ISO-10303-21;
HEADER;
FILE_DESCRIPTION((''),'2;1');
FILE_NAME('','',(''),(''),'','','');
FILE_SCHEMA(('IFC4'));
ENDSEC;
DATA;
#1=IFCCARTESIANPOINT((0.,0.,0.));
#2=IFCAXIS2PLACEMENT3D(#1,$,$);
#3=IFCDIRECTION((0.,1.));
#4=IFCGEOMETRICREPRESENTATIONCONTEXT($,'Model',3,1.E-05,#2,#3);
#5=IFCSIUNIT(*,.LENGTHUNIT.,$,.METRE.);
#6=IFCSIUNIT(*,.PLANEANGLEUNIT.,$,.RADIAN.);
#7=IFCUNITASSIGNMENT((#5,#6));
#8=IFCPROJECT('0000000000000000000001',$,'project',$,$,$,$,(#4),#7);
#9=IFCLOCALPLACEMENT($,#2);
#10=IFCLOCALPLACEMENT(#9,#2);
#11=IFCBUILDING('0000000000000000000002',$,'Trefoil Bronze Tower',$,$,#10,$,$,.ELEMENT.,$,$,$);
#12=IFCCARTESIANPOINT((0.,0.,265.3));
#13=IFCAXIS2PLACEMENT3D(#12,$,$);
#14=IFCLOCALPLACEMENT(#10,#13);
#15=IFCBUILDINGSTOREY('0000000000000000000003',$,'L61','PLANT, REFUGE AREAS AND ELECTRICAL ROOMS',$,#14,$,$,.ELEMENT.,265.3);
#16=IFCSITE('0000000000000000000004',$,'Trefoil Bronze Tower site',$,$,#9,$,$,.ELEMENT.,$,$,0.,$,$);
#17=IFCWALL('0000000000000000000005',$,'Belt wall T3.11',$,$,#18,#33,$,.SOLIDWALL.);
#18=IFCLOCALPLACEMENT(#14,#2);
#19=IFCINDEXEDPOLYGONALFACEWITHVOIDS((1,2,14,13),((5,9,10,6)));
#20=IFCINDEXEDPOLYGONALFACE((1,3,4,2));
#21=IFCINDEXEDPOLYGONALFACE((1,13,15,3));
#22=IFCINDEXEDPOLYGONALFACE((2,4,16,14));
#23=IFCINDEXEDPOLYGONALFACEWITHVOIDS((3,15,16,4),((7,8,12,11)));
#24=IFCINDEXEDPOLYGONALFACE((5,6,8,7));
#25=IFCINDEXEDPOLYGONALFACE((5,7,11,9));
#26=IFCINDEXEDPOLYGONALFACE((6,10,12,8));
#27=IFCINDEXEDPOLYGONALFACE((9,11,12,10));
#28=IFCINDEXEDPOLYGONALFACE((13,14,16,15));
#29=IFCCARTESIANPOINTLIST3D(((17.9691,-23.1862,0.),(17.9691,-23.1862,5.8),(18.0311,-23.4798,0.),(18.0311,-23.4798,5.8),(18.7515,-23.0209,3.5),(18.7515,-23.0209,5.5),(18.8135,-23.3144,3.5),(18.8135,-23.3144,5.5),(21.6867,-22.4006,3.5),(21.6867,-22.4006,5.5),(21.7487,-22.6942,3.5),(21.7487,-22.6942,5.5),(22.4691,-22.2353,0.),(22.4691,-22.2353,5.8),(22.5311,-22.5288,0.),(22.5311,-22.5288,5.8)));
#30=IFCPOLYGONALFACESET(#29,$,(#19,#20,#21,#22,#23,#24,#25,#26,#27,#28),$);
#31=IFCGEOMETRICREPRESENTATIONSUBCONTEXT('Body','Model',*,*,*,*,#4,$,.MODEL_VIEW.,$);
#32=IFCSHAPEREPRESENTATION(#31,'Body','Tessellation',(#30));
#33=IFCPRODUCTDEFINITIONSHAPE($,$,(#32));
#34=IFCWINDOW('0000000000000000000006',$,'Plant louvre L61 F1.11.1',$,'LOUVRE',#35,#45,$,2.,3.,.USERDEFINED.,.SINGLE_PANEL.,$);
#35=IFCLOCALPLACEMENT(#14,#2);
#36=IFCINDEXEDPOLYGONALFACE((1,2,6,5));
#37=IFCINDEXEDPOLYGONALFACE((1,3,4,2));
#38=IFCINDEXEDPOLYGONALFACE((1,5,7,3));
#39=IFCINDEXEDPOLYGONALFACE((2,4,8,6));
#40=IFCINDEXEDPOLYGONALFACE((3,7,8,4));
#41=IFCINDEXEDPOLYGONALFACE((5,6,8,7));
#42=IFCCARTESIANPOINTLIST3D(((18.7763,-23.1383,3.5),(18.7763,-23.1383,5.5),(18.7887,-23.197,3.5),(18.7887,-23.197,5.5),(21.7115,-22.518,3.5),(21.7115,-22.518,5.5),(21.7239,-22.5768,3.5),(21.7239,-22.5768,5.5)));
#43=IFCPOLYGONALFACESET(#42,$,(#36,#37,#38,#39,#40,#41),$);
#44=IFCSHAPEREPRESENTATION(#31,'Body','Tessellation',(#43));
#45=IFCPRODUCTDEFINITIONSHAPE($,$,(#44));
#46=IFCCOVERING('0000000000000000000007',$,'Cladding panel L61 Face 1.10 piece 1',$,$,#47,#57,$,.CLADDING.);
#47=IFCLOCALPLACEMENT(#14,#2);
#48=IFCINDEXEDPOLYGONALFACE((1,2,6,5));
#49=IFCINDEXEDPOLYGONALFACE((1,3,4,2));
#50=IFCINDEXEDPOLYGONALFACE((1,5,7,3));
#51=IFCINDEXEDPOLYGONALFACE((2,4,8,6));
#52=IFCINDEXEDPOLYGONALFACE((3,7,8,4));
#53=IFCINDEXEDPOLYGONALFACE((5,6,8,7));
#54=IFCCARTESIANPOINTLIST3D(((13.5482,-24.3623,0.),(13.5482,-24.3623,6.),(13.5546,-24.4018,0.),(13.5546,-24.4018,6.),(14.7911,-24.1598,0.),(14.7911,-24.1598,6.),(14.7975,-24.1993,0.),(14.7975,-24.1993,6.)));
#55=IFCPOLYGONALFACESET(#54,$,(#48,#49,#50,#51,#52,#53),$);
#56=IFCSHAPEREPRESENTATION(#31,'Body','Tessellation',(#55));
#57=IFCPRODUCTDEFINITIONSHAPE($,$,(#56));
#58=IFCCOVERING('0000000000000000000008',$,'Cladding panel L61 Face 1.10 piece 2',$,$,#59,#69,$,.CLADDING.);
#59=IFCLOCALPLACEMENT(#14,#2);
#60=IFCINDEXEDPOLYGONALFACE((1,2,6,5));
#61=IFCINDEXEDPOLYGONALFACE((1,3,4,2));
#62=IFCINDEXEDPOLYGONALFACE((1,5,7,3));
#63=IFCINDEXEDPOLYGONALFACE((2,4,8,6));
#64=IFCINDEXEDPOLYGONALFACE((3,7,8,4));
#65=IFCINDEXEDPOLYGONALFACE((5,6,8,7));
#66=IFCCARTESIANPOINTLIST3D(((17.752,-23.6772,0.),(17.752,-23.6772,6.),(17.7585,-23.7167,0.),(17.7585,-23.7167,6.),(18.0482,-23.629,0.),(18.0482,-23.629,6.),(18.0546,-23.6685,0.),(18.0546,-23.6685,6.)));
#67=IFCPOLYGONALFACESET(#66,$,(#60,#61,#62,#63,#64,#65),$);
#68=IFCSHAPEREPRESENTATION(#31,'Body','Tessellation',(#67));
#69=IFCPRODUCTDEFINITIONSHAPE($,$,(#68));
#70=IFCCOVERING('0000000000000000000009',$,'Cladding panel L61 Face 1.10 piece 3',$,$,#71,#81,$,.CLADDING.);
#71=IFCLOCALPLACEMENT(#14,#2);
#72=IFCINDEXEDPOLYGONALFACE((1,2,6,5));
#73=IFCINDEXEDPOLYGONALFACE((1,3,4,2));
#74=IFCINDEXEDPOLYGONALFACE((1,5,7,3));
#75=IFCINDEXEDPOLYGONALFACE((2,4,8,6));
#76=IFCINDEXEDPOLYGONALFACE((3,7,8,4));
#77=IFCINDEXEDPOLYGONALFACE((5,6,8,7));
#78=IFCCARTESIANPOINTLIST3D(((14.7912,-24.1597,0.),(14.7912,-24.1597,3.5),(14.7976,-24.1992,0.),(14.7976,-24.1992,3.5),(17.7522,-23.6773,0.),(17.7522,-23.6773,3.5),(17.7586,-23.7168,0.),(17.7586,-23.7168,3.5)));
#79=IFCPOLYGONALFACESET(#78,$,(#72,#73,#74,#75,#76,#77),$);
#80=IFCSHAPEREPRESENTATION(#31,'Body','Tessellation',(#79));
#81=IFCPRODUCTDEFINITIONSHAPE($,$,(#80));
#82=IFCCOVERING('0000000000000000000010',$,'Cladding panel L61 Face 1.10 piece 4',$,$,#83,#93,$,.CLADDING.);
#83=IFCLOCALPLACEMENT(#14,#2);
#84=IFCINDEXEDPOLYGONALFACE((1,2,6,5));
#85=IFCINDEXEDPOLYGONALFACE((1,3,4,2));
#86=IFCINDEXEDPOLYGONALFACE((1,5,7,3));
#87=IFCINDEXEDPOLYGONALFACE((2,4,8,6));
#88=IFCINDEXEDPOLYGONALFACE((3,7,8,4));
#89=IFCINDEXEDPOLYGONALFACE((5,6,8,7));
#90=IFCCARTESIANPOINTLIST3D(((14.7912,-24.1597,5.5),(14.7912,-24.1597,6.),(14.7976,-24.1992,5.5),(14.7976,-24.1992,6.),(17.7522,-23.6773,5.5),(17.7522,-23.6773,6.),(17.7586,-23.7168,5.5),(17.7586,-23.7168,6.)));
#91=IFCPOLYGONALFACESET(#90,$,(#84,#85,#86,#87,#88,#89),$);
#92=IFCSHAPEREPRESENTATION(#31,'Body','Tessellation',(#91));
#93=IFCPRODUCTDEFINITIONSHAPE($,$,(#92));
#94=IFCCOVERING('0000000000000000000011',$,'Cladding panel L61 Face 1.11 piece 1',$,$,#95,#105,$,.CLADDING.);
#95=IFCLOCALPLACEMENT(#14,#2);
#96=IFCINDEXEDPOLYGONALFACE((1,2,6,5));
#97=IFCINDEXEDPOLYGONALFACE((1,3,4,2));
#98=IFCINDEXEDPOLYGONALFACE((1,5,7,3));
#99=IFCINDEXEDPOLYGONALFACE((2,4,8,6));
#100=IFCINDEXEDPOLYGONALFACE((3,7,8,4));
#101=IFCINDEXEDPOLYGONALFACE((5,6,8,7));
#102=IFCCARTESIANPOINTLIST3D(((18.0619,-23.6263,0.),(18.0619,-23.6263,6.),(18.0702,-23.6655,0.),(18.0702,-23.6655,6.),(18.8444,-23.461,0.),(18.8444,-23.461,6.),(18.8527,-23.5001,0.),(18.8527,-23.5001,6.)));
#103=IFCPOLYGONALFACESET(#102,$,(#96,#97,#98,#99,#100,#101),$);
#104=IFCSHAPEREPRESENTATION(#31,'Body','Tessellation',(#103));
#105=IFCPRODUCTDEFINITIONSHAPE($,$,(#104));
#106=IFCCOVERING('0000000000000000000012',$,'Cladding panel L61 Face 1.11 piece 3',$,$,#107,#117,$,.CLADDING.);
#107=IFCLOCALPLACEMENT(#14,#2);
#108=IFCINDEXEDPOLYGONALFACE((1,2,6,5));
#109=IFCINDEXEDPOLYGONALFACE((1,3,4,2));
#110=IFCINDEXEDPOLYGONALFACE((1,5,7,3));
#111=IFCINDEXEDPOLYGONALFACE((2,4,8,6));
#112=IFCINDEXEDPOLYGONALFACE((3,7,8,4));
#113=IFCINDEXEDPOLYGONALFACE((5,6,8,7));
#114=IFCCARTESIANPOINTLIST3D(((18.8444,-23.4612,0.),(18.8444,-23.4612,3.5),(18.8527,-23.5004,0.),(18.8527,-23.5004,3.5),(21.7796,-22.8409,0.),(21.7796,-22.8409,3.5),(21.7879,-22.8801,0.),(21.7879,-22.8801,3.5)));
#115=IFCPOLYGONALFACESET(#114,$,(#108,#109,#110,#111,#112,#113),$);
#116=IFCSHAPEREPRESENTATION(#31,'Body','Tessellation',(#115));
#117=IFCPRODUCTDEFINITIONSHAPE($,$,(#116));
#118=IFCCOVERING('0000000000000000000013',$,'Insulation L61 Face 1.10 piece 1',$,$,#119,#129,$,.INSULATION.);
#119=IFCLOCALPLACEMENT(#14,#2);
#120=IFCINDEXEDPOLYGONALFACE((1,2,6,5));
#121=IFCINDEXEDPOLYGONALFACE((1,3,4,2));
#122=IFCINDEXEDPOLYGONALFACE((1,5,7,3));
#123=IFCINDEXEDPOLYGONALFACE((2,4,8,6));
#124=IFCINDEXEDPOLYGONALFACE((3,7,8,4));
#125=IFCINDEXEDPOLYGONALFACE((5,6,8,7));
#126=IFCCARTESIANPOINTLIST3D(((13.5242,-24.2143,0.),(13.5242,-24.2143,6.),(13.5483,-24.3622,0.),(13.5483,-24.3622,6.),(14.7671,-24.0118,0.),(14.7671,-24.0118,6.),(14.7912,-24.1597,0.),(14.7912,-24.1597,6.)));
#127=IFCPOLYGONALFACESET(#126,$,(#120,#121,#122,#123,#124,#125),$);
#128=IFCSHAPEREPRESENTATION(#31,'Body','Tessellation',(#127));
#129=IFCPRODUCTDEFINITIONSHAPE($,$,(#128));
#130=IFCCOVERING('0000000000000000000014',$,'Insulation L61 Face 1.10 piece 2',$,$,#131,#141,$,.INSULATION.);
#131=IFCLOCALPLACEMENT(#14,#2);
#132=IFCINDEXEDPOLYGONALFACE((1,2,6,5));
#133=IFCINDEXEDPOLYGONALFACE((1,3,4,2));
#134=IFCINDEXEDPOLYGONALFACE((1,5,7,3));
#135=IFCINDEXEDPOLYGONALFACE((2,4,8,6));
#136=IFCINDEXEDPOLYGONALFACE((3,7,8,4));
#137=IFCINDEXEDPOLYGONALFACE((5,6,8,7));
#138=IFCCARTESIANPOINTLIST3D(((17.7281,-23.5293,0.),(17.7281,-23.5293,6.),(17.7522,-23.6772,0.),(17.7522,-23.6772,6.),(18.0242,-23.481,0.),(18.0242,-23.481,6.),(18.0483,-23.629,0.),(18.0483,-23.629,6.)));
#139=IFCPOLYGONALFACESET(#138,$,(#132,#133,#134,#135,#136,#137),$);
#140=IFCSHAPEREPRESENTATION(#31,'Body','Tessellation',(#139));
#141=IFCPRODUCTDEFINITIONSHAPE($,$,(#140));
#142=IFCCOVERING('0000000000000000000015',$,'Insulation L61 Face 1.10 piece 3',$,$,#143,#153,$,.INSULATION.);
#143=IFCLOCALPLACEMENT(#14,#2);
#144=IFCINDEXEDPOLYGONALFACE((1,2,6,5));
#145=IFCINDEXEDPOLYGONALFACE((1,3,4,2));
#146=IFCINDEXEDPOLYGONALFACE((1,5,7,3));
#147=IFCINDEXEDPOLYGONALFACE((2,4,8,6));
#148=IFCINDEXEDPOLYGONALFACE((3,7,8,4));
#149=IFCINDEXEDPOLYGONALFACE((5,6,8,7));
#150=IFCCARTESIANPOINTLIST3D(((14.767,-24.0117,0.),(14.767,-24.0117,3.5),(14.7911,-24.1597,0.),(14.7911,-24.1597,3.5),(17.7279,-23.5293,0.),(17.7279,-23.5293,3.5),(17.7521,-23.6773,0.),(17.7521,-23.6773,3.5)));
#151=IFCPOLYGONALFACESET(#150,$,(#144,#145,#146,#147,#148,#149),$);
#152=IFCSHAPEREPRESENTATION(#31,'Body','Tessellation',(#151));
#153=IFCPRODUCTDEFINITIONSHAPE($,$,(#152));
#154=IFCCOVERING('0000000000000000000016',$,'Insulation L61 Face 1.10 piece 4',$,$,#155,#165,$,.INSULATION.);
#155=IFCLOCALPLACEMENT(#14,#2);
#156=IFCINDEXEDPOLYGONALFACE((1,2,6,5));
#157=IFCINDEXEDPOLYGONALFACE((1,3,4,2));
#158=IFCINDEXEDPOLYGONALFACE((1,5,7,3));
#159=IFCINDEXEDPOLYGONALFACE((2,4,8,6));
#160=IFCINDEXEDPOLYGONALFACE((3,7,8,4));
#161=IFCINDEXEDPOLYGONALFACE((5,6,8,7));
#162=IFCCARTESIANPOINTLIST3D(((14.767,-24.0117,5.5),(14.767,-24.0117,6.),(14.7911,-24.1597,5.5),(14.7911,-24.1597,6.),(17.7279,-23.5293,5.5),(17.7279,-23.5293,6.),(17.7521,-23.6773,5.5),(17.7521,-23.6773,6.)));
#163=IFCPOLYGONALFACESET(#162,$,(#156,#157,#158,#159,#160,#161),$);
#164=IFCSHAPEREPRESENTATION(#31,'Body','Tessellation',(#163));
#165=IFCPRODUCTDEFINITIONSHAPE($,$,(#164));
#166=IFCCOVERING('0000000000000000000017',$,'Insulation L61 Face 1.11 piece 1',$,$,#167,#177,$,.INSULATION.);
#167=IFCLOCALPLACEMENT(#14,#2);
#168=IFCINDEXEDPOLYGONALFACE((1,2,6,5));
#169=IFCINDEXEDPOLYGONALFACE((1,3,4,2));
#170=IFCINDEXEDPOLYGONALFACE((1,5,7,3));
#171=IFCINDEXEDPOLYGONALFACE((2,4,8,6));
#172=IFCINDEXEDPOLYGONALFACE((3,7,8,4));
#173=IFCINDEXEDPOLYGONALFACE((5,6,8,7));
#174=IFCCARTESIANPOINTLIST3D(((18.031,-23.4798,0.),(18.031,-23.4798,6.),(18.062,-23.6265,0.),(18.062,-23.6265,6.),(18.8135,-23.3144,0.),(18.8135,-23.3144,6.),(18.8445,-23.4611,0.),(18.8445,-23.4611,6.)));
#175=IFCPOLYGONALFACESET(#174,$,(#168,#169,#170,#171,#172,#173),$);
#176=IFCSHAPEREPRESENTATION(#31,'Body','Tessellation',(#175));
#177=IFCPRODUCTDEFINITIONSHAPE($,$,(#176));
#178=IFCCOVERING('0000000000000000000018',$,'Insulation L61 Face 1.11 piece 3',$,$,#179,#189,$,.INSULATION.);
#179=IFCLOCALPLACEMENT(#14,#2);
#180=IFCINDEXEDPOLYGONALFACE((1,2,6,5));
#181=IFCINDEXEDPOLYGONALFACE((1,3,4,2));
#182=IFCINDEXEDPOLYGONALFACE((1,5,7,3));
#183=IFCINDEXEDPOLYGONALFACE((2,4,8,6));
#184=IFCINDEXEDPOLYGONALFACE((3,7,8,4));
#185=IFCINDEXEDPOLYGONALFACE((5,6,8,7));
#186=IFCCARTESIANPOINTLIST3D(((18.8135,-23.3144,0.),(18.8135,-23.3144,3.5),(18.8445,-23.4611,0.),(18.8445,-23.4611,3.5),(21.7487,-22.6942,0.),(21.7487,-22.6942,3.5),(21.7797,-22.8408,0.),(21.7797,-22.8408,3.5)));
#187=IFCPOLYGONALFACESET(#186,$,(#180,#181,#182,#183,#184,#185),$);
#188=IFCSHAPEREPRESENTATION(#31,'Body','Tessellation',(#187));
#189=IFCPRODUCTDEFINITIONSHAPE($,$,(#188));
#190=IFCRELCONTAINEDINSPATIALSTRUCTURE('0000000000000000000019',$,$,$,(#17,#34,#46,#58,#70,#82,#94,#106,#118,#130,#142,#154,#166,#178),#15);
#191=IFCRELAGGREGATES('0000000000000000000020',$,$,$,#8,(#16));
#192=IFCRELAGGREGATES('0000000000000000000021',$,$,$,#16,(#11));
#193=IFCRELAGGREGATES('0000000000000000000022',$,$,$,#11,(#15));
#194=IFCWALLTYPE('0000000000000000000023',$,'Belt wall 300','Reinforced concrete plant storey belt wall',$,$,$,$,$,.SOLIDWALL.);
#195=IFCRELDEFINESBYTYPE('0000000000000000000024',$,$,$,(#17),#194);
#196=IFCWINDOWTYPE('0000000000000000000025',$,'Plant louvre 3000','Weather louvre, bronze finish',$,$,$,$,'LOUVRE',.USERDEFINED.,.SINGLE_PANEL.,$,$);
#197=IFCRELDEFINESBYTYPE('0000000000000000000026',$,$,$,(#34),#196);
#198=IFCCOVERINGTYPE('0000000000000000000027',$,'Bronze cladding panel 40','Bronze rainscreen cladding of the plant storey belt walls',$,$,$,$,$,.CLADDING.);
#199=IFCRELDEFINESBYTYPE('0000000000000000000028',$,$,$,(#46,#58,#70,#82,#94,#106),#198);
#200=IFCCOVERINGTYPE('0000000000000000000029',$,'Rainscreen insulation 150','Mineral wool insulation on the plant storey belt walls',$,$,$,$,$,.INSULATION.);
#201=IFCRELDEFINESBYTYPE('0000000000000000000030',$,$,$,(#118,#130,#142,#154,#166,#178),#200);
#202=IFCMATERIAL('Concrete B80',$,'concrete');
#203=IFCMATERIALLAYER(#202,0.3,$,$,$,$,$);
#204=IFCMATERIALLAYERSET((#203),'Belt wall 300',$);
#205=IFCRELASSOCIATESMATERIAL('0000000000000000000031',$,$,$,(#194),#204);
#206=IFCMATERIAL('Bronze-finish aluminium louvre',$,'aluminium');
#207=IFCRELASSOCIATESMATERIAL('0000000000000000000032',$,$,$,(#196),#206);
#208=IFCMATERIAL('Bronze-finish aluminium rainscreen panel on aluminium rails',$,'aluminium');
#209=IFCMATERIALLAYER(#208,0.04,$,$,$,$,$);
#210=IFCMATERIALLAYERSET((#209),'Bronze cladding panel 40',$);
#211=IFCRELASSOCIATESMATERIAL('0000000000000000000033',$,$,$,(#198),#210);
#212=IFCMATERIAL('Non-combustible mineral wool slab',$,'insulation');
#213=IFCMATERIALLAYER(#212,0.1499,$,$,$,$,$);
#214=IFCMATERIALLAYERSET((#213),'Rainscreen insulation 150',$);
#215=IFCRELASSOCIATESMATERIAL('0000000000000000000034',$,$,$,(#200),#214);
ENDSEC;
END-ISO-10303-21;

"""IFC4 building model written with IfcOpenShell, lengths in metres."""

from ifc_helpers import new_model, si_unit, direction, frame, frame_2d, origin, origin_2d, place, context, subcontext, project, spatial, rectangle, extrude, material, layer, layer_set, type_object, element, fill, save


model = new_model("IFC4")

# Units and contexts
model_context = context("Model", 3, precision=1e-05, world=origin(), true_north=direction((0.0, 1.0)))
body_context = subcontext(model_context, "Body", "Model", "MODEL_VIEW")
ifc_project = project(units=[si_unit("LENGTHUNIT", "METRE"), si_unit("PLANEANGLEUNIT", "RADIAN")], contexts=[model_context])

# Site, building, storey
site_placement = place(None, origin())
site = spatial("IfcSite", under=ifc_project, at=site_placement, Name="Trefoil Bronze Tower site", CompositionType="ELEMENT", RefElevation=0.0)
building_placement = place(site_placement, origin())
building = spatial("IfcBuilding", under=site, at=building_placement, Name="Trefoil Bronze Tower", CompositionType="ELEMENT")
storey_placement = place(building_placement, frame((0.0, 0.0, 265.3)))
storey = spatial("IfcBuildingStorey", under=building, at=storey_placement, Name="L61", Description="PLANT, REFUGE AREAS AND ELECTRICAL ROOMS", CompositionType="ELEMENT", Elevation=265.3)

# Wall, opening, window
ifc_material_1 = material(Name="Concrete B80", Category="concrete")
ifc_layer_1 = layer(ifc_material_1, 0.3)
ifc_layer_set_1 = layer_set([ifc_layer_1], Name="Belt wall 300")
wall_type = type_object("IfcWallType", Name="Belt wall 300", Description="Reinforced concrete plant storey belt wall", PredefinedType="SOLIDWALL", material=ifc_layer_set_1)
wall_placement = place(storey_placement, frame((18.0, -23.333, 0.0), z_axis=(0.0, 0.0, 1.0), x_axis=(0.978393, 0.206751, 0.0)))
wall = element("IfcWall", 1, at=wall_placement, inside=storey, type_object=wall_type, Name="Belt wall T3.11", PredefinedType="SOLIDWALL", context=body_context, shape_type="SweptSolid", body=[
    extrude(rectangle(XDim=4.5994, YDim=0.3, at=frame_2d((2.2998, 0.0))), origin(), (0.0, 0.0, 1.0), 5.8),
])
opening_placement = place(wall_placement, frame((0.7998, 0.0, 3.5)))
opening = element("IfcOpeningElement", 2, at=opening_placement, cuts=wall, PredefinedType="OPENING", context=body_context, shape_type="SweptSolid", body=[
    extrude(rectangle(XDim=3.0, YDim=2.0, at=frame_2d((1.5, 1.0))), frame((0.0, 0.1599, 0.0), z_axis=(0.0, -1.0, 0.0), x_axis=(1.0, 0.0, 0.0)), (0.0, 0.0, 1.0), 0.3201),
])
ifc_material_2 = material(Name="Bronze-finish aluminium louvre", Category="aluminium")
window_type = type_object("IfcWindowType", Name="Plant louvre 3000", Description="Weather louvre, bronze finish", ElementType="LOUVRE", PartitioningType="SINGLE_PANEL", PredefinedType="USERDEFINED", material=ifc_material_2)
window_placement = place(opening_placement, origin())
window = element("IfcWindow", 3, at=window_placement, inside=storey, type_object=window_type, Name="Plant louvre L61 F1.11.1", ObjectType="LOUVRE", OverallHeight=2.0, OverallWidth=3.0, PartitioningType="SINGLE_PANEL", PredefinedType="USERDEFINED", context=body_context, shape_type="SweptSolid", body=[
    extrude(rectangle(XDim=3.0, YDim=2.0, at=frame_2d((1.5, 1.0))), frame((0.0, 0.03, 0.0), z_axis=(0.0, -1.0, 0.0), x_axis=(1.0, 0.0, 0.0)), (0.0, 0.0, 1.0), 0.0601),
])
fill(opening, window)

# Coverings
ifc_material_3 = material(Name="Bronze-finish aluminium rainscreen panel on aluminium rails", Category="aluminium")
ifc_layer_2 = layer(ifc_material_3, 0.04)
ifc_layer_set_2 = layer_set([ifc_layer_2], Name="Bronze cladding panel 40")
covering_type_1 = type_object("IfcCoveringType", Name="Bronze cladding panel 40", Description="Bronze rainscreen cladding of the plant storey belt walls", PredefinedType="CLADDING", material=ifc_layer_set_2)
covering_1_placement = place(storey_placement, frame((14.1729, -24.2808, 0.0), z_axis=(0.0, 0.0, 1.0), x_axis=(0.986987, 0.160803, 0.0)))
element("IfcCovering", 4, at=covering_1_placement, inside=storey, type_object=covering_type_1, Name="Cladding panel L61 Face 1.10 piece 1", PredefinedType="CLADDING", context=body_context, shape_type="SweptSolid", body=[
    extrude(rectangle(XDim=1.2593, YDim=0.04, at=origin_2d()), origin(), (0.0, 0.0, 1.0), 6.0),
])
covering_2_placement = place(storey_placement, frame((17.9033, -23.6729, 0.0), z_axis=(0.0, 0.0, 1.0), x_axis=(0.986987, 0.160803, 0.0)))
element("IfcCovering", 5, at=covering_2_placement, inside=storey, type_object=covering_type_1, Name="Cladding panel L61 Face 1.10 piece 2", PredefinedType="CLADDING", context=body_context, shape_type="SweptSolid", body=[
    extrude(rectangle(XDim=0.3, YDim=0.04, at=origin_2d()), origin(), (0.0, 0.0, 1.0), 6.0),
])
covering_3_placement = place(storey_placement, frame((16.2749, -23.9382, 0.0), z_axis=(0.0, 0.0, 1.0), x_axis=(0.986987, 0.160803, 0.0)))
element("IfcCovering", 6, at=covering_3_placement, inside=storey, type_object=covering_type_1, Name="Cladding panel L61 Face 1.10 piece 3", PredefinedType="CLADDING", context=body_context, shape_type="SweptSolid", body=[
    extrude(rectangle(XDim=3.0, YDim=0.04, at=origin_2d()), origin(), (0.0, 0.0, 1.0), 3.5),
])
covering_4_placement = place(storey_placement, frame((16.2749, -23.9382, 5.5), z_axis=(0.0, 0.0, 1.0), x_axis=(0.986987, 0.160803, 0.0)))
element("IfcCovering", 7, at=covering_4_placement, inside=storey, type_object=covering_type_1, Name="Cladding panel L61 Face 1.10 piece 4", PredefinedType="CLADDING", context=body_context, shape_type="SweptSolid", body=[
    extrude(rectangle(XDim=3.0, YDim=0.04, at=origin_2d()), origin(), (0.0, 0.0, 1.0), 0.5),
])
covering_5_placement = place(storey_placement, frame((18.4573, -23.5632, 0.0), z_axis=(0.0, 0.0, 1.0), x_axis=(0.978394, 0.206747, 0.0)))
element("IfcCovering", 8, at=covering_5_placement, inside=storey, type_object=covering_type_1, Name="Cladding panel L61 Face 1.11 piece 1", PredefinedType="CLADDING", context=body_context, shape_type="SweptSolid", body=[
    extrude(rectangle(XDim=0.7998, YDim=0.04, at=origin_2d()), origin(), (0.0, 0.0, 1.0), 6.0),
])
covering_6_placement = place(storey_placement, frame((20.3162, -23.1707, 0.0), z_axis=(0.0, 0.0, 1.0), x_axis=(0.978394, 0.206747, 0.0)))
element("IfcCovering", 9, at=covering_6_placement, inside=storey, type_object=covering_type_1, Name="Cladding panel L61 Face 1.11 piece 3", PredefinedType="CLADDING", context=body_context, shape_type="SweptSolid", body=[
    extrude(rectangle(XDim=3.0, YDim=0.04, at=origin_2d()), origin(), (0.0, 0.0, 1.0), 3.5),
])
ifc_material_4 = material(Name="Non-combustible mineral wool slab", Category="insulation")
ifc_layer_3 = layer(ifc_material_4, 0.1499)
ifc_layer_set_3 = layer_set([ifc_layer_3], Name="Rainscreen insulation 150")
covering_type_2 = type_object("IfcCoveringType", Name="Rainscreen insulation 150", Description="Mineral wool insulation on the plant storey belt walls", PredefinedType="INSULATION", material=ifc_layer_set_3)
covering_7_placement = place(storey_placement, frame((14.1577, -24.187, 0.0), z_axis=(0.0, 0.0, 1.0), x_axis=(0.986987, 0.160803, 0.0)))
element("IfcCovering", 10, at=covering_7_placement, inside=storey, type_object=covering_type_2, Name="Insulation L61 Face 1.10 piece 1", PredefinedType="INSULATION", context=body_context, shape_type="SweptSolid", body=[
    extrude(rectangle(XDim=1.2593, YDim=0.1499, at=origin_2d()), origin(), (0.0, 0.0, 1.0), 6.0),
])
covering_8_placement = place(storey_placement, frame((17.8882, -23.5791, 0.0), z_axis=(0.0, 0.0, 1.0), x_axis=(0.986987, 0.160803, 0.0)))
element("IfcCovering", 11, at=covering_8_placement, inside=storey, type_object=covering_type_2, Name="Insulation L61 Face 1.10 piece 2", PredefinedType="INSULATION", context=body_context, shape_type="SweptSolid", body=[
    extrude(rectangle(XDim=0.3, YDim=0.1499, at=origin_2d()), origin(), (0.0, 0.0, 1.0), 6.0),
])
covering_9_placement = place(storey_placement, frame((16.2595, -23.8445, 0.0), z_axis=(0.0, 0.0, 1.0), x_axis=(0.986987, 0.160803, 0.0)))
element("IfcCovering", 12, at=covering_9_placement, inside=storey, type_object=covering_type_2, Name="Insulation L61 Face 1.10 piece 3", PredefinedType="INSULATION", context=body_context, shape_type="SweptSolid", body=[
    extrude(rectangle(XDim=3.0, YDim=0.1499, at=origin_2d()), origin(), (0.0, 0.0, 1.0), 3.5),
])
covering_10_placement = place(storey_placement, frame((16.2595, -23.8445, 5.5), z_axis=(0.0, 0.0, 1.0), x_axis=(0.986987, 0.160803, 0.0)))
element("IfcCovering", 13, at=covering_10_placement, inside=storey, type_object=covering_type_2, Name="Insulation L61 Face 1.10 piece 4", PredefinedType="INSULATION", context=body_context, shape_type="SweptSolid", body=[
    extrude(rectangle(XDim=3.0, YDim=0.1499, at=origin_2d()), origin(), (0.0, 0.0, 1.0), 0.5),
])
covering_11_placement = place(storey_placement, frame((18.4377, -23.4705, 0.0), z_axis=(0.0, 0.0, 1.0), x_axis=(0.978394, 0.206747, 0.0)))
element("IfcCovering", 14, at=covering_11_placement, inside=storey, type_object=covering_type_2, Name="Insulation L61 Face 1.11 piece 1", PredefinedType="INSULATION", context=body_context, shape_type="SweptSolid", body=[
    extrude(rectangle(XDim=0.7998, YDim=0.1499, at=origin_2d()), origin(), (0.0, 0.0, 1.0), 6.0),
])
covering_12_placement = place(storey_placement, frame((20.2966, -23.0776, 0.0), z_axis=(0.0, 0.0, 1.0), x_axis=(0.978394, 0.206747, 0.0)))
element("IfcCovering", 15, at=covering_12_placement, inside=storey, type_object=covering_type_2, Name="Insulation L61 Face 1.11 piece 3", PredefinedType="INSULATION", context=body_context, shape_type="SweptSolid", body=[
    extrude(rectangle(XDim=3.0, YDim=0.1499, at=origin_2d()), origin(), (0.0, 0.0, 1.0), 3.5),
])

save(model, "model.ifc")
